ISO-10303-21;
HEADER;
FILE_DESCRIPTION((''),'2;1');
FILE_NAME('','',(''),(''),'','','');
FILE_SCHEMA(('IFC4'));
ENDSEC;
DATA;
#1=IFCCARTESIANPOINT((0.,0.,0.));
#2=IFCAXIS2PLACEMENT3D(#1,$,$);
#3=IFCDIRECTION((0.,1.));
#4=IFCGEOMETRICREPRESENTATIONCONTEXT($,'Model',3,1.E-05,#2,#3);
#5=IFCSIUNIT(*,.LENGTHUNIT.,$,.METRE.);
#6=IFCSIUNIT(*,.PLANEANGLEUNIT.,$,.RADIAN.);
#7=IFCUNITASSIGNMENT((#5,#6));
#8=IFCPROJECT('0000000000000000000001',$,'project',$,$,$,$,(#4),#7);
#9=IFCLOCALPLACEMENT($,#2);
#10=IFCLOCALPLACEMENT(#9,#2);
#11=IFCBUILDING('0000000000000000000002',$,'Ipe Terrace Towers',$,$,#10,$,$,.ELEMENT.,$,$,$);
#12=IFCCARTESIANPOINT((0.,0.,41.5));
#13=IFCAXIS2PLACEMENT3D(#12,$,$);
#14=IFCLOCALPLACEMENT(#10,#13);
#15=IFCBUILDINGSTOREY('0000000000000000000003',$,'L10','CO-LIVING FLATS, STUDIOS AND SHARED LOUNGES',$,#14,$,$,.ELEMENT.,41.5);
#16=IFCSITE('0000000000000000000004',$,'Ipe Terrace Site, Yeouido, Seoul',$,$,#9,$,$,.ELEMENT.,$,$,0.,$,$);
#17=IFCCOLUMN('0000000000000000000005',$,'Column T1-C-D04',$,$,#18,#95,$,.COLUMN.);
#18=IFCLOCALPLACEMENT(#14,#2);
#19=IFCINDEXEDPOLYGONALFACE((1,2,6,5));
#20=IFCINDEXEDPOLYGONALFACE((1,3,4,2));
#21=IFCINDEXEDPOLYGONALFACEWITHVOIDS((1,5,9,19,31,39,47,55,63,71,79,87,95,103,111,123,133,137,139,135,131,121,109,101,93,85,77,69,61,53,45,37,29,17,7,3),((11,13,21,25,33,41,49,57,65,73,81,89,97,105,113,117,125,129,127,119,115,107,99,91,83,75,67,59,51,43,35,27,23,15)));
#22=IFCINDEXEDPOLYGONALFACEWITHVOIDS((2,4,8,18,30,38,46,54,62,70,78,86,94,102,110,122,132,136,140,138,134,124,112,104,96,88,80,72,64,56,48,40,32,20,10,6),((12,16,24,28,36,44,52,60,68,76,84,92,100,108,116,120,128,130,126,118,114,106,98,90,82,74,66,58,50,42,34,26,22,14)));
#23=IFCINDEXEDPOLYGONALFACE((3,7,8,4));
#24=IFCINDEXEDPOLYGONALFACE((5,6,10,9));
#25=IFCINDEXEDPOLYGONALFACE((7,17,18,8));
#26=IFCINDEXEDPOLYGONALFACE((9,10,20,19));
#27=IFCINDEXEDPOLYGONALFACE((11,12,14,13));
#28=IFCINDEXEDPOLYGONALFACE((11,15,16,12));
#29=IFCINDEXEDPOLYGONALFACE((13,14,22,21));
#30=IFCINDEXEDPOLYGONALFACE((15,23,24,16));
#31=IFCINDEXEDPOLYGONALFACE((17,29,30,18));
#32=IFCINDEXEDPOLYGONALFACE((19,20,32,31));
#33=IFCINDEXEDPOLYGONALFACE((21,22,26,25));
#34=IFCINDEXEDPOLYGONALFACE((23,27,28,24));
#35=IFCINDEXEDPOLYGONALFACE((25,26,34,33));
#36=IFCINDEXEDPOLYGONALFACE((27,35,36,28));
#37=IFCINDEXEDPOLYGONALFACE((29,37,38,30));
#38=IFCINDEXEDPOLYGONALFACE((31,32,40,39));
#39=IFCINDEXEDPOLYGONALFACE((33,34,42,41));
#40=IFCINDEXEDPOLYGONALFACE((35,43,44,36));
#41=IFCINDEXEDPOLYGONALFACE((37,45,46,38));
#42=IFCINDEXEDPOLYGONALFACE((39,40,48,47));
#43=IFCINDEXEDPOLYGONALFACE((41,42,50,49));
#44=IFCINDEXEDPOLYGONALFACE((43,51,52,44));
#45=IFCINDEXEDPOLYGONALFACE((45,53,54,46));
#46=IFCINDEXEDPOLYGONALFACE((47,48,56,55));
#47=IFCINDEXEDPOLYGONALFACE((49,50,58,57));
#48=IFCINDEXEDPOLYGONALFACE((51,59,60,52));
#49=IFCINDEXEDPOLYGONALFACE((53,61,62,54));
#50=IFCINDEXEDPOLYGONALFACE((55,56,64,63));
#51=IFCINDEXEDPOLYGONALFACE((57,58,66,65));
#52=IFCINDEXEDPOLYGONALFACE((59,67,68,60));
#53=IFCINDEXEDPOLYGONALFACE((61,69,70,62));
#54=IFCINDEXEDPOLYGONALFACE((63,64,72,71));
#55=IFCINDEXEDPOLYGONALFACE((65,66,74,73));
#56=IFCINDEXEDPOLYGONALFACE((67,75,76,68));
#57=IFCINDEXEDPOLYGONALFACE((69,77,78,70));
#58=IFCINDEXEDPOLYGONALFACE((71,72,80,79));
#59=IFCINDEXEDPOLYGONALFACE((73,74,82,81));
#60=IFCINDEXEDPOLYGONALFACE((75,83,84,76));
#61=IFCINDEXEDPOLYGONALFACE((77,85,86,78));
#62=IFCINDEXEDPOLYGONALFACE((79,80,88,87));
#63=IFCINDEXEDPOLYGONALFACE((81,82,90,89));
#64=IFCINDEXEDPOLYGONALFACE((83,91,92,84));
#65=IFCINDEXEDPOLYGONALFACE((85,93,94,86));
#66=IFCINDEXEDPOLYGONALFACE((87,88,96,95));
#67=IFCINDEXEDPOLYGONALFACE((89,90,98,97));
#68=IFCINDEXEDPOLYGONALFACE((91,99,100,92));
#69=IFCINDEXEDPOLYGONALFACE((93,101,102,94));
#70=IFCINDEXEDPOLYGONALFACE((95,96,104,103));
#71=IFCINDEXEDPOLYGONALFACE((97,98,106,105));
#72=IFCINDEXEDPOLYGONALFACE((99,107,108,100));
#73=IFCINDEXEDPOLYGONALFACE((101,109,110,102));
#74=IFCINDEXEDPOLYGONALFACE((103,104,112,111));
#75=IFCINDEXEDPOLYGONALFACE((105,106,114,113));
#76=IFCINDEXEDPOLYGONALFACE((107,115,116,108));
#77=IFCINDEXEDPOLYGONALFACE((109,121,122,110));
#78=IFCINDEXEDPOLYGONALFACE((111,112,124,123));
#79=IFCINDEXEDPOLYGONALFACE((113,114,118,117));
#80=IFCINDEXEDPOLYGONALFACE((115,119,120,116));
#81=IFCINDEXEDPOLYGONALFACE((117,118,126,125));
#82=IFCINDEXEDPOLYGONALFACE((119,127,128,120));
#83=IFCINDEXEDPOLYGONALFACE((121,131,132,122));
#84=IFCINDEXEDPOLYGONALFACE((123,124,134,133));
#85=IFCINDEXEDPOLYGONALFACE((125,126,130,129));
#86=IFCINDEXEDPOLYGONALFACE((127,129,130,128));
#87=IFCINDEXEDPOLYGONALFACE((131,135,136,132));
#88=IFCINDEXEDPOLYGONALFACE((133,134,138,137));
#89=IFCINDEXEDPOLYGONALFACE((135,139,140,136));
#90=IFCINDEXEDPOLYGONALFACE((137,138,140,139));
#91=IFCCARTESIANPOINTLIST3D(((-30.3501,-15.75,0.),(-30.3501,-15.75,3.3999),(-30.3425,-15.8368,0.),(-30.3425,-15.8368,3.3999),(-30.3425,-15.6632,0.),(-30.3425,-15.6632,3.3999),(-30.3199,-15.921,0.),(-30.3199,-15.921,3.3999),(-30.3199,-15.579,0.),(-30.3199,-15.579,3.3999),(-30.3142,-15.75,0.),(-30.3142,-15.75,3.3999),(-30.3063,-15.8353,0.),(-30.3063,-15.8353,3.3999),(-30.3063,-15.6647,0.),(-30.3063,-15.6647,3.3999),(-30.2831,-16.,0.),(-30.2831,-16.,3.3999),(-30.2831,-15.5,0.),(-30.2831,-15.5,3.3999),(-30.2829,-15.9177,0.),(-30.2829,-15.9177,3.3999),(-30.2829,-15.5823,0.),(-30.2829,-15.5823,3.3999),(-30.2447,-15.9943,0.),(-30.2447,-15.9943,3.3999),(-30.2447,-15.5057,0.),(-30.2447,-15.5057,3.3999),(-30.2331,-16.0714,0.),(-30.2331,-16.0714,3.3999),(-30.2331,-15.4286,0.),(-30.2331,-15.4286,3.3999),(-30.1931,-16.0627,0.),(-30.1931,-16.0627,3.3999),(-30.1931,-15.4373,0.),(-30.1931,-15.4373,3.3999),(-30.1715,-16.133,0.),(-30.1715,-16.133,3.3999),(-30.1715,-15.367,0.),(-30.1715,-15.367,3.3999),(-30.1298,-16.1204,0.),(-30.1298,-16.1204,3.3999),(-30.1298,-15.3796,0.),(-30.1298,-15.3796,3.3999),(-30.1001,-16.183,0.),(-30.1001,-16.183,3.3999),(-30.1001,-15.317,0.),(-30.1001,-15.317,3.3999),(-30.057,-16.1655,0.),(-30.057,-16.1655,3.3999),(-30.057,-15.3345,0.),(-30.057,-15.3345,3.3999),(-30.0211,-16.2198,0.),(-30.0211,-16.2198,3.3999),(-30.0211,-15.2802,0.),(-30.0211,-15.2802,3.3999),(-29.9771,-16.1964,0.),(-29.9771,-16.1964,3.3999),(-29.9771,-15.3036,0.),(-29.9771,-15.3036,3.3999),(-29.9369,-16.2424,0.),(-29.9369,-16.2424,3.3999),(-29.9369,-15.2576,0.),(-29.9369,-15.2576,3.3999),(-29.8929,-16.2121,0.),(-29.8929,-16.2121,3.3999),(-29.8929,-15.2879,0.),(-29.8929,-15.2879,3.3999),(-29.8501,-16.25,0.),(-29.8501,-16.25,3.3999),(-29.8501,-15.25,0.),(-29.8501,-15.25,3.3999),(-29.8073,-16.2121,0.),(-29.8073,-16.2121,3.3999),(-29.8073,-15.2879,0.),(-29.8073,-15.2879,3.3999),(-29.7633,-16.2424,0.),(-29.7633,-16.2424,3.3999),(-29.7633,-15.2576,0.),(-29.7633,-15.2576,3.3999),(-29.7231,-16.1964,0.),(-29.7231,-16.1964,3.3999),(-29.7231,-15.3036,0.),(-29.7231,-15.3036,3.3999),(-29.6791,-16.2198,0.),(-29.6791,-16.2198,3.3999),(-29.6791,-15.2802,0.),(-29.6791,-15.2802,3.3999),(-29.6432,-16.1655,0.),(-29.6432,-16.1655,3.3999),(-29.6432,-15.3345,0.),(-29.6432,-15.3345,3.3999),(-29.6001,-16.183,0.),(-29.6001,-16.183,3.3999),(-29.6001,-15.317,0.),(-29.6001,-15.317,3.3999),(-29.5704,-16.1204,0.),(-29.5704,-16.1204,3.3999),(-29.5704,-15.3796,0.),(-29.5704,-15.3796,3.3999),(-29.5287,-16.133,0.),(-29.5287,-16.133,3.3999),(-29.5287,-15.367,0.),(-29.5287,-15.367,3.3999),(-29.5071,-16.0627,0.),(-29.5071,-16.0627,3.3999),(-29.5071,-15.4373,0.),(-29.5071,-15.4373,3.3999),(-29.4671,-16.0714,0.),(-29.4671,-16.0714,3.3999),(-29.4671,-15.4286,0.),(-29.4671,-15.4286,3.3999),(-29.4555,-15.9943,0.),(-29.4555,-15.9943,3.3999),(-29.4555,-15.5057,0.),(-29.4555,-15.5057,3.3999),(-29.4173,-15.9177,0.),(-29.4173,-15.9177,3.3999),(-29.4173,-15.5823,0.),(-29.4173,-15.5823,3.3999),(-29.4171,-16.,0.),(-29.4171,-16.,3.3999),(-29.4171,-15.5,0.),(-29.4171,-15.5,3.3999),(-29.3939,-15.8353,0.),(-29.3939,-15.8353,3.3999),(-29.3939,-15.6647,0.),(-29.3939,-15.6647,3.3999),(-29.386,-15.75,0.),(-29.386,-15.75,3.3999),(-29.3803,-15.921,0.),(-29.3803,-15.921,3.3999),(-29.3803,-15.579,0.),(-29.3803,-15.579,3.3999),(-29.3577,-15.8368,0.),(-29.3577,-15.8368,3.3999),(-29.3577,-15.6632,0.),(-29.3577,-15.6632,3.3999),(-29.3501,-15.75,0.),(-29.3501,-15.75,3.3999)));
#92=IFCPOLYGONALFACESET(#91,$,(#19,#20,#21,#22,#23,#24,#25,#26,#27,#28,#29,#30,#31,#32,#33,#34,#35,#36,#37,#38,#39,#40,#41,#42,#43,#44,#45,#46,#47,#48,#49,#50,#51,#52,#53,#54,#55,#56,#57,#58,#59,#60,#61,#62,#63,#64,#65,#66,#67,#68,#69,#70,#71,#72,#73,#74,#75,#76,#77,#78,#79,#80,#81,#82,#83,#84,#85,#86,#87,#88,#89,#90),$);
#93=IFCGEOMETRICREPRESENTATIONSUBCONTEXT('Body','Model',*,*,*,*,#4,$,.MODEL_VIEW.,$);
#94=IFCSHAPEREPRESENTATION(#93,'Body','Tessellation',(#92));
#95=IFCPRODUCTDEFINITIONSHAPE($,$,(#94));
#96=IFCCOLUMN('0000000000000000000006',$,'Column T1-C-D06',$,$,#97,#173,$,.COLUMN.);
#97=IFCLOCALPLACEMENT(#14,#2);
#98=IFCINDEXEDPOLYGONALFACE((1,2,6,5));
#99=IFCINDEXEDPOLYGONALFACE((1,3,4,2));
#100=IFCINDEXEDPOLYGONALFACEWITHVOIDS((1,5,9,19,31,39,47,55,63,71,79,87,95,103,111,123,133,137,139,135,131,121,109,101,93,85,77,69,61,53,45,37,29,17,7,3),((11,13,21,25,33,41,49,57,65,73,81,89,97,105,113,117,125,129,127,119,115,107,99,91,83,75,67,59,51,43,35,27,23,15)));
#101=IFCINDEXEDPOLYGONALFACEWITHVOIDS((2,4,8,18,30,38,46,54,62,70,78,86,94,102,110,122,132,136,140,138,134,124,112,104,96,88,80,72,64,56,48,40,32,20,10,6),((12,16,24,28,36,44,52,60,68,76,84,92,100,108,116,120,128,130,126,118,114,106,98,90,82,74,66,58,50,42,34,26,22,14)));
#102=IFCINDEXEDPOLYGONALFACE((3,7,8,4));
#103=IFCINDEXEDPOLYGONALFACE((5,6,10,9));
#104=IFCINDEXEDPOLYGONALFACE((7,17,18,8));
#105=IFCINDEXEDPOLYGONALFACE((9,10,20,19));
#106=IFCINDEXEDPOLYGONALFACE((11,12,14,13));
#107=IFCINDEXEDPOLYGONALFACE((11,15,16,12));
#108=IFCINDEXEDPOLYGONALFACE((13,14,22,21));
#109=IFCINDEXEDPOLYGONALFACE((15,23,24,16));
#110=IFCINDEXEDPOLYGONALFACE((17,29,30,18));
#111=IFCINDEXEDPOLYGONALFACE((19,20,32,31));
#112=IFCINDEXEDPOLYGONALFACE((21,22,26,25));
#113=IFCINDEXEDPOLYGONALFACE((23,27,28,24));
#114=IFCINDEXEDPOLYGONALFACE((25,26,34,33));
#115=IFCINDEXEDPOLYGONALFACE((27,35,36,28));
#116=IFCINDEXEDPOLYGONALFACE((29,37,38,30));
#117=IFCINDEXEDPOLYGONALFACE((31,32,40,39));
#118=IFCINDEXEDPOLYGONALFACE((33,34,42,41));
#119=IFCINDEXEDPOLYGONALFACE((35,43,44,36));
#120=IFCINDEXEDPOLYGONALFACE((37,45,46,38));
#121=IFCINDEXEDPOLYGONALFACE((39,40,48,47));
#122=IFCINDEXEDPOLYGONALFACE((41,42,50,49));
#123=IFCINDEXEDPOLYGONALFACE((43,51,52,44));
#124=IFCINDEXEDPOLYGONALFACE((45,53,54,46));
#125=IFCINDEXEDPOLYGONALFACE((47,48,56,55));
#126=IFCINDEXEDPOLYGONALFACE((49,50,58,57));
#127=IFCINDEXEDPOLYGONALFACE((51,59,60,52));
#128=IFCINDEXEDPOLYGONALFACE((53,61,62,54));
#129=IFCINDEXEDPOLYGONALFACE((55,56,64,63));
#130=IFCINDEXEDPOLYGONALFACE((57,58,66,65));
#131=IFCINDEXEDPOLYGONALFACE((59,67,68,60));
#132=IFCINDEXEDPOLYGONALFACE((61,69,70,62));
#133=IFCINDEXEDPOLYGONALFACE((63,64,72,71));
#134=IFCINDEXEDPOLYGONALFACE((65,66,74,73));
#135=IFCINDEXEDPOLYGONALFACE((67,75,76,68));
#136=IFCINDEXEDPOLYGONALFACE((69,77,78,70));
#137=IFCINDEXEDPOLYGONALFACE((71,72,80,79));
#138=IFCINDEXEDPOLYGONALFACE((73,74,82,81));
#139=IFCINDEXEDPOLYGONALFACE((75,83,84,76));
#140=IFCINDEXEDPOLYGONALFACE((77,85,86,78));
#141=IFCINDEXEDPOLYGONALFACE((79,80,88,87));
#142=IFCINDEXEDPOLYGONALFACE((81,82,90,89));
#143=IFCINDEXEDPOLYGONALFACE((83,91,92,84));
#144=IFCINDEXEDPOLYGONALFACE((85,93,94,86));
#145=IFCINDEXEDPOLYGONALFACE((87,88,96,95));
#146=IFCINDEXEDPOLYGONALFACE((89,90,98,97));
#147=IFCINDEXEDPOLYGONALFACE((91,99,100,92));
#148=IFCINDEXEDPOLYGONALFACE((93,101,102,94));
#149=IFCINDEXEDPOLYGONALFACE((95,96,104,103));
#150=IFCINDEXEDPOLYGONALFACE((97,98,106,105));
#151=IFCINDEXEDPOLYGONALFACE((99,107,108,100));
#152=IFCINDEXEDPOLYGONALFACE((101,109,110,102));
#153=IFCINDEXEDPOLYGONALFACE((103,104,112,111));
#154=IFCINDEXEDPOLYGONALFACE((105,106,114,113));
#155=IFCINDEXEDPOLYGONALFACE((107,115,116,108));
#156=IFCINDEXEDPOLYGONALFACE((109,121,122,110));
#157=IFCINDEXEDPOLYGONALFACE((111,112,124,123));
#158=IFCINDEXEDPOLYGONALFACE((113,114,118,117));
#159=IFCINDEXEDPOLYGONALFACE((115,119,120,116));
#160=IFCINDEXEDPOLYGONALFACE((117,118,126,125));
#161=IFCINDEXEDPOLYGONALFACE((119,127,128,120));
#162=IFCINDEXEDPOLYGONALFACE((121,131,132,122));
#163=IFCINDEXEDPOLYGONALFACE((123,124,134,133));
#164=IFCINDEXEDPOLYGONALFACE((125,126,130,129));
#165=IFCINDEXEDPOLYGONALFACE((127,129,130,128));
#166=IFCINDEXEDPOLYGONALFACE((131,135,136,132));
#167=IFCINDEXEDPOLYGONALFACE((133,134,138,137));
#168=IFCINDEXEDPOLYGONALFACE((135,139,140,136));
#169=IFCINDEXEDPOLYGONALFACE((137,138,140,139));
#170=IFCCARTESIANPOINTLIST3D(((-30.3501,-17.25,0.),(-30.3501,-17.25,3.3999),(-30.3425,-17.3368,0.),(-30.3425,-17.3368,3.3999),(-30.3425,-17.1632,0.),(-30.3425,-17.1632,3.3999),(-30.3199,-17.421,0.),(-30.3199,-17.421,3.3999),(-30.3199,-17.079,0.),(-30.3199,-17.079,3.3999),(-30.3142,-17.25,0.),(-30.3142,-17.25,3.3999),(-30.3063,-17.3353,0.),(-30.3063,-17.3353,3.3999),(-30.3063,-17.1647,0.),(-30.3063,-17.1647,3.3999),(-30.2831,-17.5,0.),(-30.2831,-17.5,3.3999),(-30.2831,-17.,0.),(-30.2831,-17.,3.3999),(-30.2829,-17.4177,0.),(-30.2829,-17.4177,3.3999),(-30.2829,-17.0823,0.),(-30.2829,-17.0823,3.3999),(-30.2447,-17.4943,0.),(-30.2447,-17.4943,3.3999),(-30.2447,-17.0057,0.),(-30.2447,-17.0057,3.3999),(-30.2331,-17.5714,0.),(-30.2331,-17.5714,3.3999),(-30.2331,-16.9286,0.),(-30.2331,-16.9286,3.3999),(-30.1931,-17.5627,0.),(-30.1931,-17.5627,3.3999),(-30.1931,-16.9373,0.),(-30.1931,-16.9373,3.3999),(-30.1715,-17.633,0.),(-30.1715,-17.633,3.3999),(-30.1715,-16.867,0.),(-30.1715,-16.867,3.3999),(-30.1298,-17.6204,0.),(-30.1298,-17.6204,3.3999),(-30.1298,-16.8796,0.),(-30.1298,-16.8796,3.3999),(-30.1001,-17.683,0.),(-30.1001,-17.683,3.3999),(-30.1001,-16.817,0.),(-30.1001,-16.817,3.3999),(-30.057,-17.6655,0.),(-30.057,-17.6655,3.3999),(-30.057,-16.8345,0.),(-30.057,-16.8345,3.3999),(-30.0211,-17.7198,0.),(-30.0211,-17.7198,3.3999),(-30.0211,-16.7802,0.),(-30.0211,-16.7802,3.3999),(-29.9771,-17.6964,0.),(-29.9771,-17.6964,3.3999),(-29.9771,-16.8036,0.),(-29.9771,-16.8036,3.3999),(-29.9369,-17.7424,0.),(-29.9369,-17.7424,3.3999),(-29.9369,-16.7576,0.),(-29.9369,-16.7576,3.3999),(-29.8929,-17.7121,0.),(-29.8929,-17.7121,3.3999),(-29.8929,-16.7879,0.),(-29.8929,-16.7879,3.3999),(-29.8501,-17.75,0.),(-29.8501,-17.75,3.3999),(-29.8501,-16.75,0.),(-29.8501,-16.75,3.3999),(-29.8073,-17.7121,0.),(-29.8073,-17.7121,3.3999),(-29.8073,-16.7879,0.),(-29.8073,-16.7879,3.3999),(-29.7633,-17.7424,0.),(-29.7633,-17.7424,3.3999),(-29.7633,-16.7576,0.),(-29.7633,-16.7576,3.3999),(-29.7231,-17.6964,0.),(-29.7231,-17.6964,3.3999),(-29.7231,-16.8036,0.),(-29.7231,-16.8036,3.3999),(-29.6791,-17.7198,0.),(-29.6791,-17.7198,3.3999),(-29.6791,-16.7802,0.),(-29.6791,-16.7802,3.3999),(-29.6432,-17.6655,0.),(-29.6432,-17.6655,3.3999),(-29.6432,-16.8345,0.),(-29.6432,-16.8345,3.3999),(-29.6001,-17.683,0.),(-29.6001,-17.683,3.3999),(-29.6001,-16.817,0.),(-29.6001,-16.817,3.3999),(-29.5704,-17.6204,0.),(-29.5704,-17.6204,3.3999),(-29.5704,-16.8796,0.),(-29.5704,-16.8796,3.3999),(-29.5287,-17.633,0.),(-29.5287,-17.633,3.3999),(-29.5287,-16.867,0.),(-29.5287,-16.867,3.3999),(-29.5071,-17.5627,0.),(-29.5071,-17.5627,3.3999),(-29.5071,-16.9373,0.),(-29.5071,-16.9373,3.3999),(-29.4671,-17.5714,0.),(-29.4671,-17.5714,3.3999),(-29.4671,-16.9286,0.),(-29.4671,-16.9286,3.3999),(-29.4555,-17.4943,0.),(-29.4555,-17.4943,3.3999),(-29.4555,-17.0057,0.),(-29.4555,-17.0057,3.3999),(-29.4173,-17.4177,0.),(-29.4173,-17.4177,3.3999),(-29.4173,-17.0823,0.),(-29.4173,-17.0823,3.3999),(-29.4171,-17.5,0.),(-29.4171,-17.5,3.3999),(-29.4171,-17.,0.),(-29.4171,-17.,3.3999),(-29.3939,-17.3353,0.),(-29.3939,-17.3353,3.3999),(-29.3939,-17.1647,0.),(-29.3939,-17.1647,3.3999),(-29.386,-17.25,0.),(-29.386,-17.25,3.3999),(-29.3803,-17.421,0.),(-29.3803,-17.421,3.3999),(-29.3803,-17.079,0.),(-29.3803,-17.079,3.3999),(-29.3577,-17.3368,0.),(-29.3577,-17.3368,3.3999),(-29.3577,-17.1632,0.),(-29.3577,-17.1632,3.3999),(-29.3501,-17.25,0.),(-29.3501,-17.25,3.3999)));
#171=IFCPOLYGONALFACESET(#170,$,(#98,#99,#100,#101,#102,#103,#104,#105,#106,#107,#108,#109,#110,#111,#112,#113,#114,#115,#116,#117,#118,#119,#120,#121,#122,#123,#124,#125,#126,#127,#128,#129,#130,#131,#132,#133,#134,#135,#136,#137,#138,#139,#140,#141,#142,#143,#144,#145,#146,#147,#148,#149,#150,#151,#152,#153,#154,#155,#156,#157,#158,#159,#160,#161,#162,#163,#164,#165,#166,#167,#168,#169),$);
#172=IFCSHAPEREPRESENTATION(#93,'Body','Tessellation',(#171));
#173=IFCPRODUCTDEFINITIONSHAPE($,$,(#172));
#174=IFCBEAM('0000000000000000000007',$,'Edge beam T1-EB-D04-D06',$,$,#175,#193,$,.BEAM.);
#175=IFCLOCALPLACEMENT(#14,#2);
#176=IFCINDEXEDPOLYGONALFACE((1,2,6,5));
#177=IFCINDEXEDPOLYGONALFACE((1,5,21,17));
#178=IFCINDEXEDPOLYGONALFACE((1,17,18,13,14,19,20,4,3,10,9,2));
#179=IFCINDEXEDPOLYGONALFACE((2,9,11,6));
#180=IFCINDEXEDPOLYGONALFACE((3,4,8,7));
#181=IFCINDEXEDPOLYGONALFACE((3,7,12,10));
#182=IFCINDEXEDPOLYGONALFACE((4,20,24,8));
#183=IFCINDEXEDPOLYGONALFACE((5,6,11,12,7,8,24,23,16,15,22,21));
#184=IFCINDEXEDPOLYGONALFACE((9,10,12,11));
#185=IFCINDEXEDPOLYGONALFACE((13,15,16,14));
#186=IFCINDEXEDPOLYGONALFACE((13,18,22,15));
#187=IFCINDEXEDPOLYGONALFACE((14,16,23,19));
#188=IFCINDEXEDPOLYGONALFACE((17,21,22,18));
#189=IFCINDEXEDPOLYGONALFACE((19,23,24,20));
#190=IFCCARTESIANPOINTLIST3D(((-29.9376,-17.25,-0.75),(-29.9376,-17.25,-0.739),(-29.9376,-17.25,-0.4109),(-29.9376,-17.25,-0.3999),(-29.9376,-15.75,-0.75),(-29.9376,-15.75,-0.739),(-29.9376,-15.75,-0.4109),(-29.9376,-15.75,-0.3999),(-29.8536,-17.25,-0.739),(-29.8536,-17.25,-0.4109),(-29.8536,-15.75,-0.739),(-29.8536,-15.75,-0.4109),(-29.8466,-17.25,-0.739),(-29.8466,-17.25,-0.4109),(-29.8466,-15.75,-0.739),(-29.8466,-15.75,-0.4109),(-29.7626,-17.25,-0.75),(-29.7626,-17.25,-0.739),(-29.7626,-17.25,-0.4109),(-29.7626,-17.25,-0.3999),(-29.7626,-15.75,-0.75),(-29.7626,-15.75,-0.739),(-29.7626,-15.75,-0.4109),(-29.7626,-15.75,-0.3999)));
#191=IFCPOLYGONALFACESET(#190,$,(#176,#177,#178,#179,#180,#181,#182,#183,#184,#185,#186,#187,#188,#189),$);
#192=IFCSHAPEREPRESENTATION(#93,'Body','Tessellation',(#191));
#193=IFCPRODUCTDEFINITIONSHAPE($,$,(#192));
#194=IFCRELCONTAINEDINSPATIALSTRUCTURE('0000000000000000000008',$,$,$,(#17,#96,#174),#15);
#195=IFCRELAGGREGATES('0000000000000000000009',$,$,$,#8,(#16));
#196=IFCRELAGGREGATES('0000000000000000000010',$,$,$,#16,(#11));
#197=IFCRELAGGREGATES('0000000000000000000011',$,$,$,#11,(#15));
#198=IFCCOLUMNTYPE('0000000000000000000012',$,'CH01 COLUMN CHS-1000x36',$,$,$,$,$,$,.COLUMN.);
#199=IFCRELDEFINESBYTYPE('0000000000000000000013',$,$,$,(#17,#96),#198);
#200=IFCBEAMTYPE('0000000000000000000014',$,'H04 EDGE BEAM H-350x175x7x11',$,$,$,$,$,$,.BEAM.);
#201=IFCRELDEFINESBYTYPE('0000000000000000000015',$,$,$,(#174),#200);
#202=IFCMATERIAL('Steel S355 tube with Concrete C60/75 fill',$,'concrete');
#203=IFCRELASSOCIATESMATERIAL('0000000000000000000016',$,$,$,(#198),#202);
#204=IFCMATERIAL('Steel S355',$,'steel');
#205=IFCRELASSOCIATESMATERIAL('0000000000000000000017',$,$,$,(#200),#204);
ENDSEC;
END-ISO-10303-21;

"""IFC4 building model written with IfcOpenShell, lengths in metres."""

from ifc_helpers import new_model, si_unit, direction, frame, origin, origin_2d, place, context, subcontext, project, spatial, hollow_circle, i_section, extrude, material, material_profile, profile_set, type_object, element, save


model = new_model("IFC4")

# Units and contexts
model_context = context("Model", 3, precision=1e-05, world=origin(), true_north=direction((0.0, 1.0)))
body_context = subcontext(model_context, "Body", "Model", "MODEL_VIEW")
ifc_project = project(units=[si_unit("LENGTHUNIT", "METRE"), si_unit("PLANEANGLEUNIT", "RADIAN")], contexts=[model_context])

# Site, building, storey
site_placement = place(None, origin())
site = spatial("IfcSite", under=ifc_project, at=site_placement, Name="Ipe Terrace Site, Yeouido, Seoul", CompositionType="ELEMENT", RefElevation=0.0)
building_placement = place(site_placement, origin())
building = spatial("IfcBuilding", under=site, at=building_placement, Name="Ipe Terrace Towers", CompositionType="ELEMENT")
storey_placement = place(building_placement, frame((0.0, 0.0, 41.5)))
storey = spatial("IfcBuildingStorey", under=building, at=storey_placement, Name="L10", Description="CO-LIVING FLATS, STUDIOS AND SHARED LOUNGES", CompositionType="ELEMENT", Elevation=41.5)

# Columns
ifc_material_1 = material(Name="Steel S355 tube with Concrete C60/75 fill", Category="concrete")
ifc_material_profile_1 = material_profile(ifc_material_1, hollow_circle(Radius=0.5, WallThickness=0.0359, at=origin_2d()), Name="CHS-1000x36")
ifc_profile_set_1 = profile_set([ifc_material_profile_1], Name="Steel S355 tube with Concrete C60/75 fill")
column_type = type_object("IfcColumnType", Name="CH01 COLUMN CHS-1000x36", PredefinedType="COLUMN", material=ifc_profile_set_1)
for number, where, z_axis, x_axis, name in (
    (1, (-29.8501, -15.75, 0.0), (0.0, 0.0, 1.0), (1.0, 0.0, 0.0), "Column T1-C-D04"),
    (2, (-29.8501, -17.25, 0.0), (0.0, 0.0, 1.0), (1.0, 0.0, 0.0), "Column T1-C-D06"),
):
    element("IfcColumn", number, at=place(storey_placement, frame(where, z_axis=z_axis, x_axis=x_axis)), inside=storey, type_object=column_type, Name=name, PredefinedType="COLUMN", context=body_context, shape_type="SweptSolid", body=[
        extrude(hollow_circle(Radius=0.5, WallThickness=0.0359, at=origin_2d()), origin(), (0.0, 0.0, 1.0), 3.3999),
    ])

# Beam
ifc_material_2 = material(Name="Steel S355", Category="steel")
ifc_material_profile_2 = material_profile(ifc_material_2, i_section(OverallWidth=0.175, OverallDepth=0.3501, WebThickness=0.0071, FlangeThickness=0.011, at=origin_2d()), Name="H-350x175x7x11")
ifc_profile_set_2 = profile_set([ifc_material_profile_2], Name="Steel S355")
beam_type = type_object("IfcBeamType", Name="H04 EDGE BEAM H-350x175x7x11", PredefinedType="BEAM", material=ifc_profile_set_2)
beam_placement = place(storey_placement, frame((-29.8501, -15.75, -0.575), z_axis=(0.0, -1.0, 0.0), x_axis=(1.0, 0.0, 0.0)))
element("IfcBeam", 3, at=beam_placement, inside=storey, type_object=beam_type, Name="Edge beam T1-EB-D04-D06", PredefinedType="BEAM", context=body_context, shape_type="SweptSolid", body=[
    extrude(i_section(OverallWidth=0.175, OverallDepth=0.3501, WebThickness=0.0071, FlangeThickness=0.011, at=origin_2d()), origin(), (0.0, 0.0, 1.0), 1.5),
])

save(model, "model.ifc")
